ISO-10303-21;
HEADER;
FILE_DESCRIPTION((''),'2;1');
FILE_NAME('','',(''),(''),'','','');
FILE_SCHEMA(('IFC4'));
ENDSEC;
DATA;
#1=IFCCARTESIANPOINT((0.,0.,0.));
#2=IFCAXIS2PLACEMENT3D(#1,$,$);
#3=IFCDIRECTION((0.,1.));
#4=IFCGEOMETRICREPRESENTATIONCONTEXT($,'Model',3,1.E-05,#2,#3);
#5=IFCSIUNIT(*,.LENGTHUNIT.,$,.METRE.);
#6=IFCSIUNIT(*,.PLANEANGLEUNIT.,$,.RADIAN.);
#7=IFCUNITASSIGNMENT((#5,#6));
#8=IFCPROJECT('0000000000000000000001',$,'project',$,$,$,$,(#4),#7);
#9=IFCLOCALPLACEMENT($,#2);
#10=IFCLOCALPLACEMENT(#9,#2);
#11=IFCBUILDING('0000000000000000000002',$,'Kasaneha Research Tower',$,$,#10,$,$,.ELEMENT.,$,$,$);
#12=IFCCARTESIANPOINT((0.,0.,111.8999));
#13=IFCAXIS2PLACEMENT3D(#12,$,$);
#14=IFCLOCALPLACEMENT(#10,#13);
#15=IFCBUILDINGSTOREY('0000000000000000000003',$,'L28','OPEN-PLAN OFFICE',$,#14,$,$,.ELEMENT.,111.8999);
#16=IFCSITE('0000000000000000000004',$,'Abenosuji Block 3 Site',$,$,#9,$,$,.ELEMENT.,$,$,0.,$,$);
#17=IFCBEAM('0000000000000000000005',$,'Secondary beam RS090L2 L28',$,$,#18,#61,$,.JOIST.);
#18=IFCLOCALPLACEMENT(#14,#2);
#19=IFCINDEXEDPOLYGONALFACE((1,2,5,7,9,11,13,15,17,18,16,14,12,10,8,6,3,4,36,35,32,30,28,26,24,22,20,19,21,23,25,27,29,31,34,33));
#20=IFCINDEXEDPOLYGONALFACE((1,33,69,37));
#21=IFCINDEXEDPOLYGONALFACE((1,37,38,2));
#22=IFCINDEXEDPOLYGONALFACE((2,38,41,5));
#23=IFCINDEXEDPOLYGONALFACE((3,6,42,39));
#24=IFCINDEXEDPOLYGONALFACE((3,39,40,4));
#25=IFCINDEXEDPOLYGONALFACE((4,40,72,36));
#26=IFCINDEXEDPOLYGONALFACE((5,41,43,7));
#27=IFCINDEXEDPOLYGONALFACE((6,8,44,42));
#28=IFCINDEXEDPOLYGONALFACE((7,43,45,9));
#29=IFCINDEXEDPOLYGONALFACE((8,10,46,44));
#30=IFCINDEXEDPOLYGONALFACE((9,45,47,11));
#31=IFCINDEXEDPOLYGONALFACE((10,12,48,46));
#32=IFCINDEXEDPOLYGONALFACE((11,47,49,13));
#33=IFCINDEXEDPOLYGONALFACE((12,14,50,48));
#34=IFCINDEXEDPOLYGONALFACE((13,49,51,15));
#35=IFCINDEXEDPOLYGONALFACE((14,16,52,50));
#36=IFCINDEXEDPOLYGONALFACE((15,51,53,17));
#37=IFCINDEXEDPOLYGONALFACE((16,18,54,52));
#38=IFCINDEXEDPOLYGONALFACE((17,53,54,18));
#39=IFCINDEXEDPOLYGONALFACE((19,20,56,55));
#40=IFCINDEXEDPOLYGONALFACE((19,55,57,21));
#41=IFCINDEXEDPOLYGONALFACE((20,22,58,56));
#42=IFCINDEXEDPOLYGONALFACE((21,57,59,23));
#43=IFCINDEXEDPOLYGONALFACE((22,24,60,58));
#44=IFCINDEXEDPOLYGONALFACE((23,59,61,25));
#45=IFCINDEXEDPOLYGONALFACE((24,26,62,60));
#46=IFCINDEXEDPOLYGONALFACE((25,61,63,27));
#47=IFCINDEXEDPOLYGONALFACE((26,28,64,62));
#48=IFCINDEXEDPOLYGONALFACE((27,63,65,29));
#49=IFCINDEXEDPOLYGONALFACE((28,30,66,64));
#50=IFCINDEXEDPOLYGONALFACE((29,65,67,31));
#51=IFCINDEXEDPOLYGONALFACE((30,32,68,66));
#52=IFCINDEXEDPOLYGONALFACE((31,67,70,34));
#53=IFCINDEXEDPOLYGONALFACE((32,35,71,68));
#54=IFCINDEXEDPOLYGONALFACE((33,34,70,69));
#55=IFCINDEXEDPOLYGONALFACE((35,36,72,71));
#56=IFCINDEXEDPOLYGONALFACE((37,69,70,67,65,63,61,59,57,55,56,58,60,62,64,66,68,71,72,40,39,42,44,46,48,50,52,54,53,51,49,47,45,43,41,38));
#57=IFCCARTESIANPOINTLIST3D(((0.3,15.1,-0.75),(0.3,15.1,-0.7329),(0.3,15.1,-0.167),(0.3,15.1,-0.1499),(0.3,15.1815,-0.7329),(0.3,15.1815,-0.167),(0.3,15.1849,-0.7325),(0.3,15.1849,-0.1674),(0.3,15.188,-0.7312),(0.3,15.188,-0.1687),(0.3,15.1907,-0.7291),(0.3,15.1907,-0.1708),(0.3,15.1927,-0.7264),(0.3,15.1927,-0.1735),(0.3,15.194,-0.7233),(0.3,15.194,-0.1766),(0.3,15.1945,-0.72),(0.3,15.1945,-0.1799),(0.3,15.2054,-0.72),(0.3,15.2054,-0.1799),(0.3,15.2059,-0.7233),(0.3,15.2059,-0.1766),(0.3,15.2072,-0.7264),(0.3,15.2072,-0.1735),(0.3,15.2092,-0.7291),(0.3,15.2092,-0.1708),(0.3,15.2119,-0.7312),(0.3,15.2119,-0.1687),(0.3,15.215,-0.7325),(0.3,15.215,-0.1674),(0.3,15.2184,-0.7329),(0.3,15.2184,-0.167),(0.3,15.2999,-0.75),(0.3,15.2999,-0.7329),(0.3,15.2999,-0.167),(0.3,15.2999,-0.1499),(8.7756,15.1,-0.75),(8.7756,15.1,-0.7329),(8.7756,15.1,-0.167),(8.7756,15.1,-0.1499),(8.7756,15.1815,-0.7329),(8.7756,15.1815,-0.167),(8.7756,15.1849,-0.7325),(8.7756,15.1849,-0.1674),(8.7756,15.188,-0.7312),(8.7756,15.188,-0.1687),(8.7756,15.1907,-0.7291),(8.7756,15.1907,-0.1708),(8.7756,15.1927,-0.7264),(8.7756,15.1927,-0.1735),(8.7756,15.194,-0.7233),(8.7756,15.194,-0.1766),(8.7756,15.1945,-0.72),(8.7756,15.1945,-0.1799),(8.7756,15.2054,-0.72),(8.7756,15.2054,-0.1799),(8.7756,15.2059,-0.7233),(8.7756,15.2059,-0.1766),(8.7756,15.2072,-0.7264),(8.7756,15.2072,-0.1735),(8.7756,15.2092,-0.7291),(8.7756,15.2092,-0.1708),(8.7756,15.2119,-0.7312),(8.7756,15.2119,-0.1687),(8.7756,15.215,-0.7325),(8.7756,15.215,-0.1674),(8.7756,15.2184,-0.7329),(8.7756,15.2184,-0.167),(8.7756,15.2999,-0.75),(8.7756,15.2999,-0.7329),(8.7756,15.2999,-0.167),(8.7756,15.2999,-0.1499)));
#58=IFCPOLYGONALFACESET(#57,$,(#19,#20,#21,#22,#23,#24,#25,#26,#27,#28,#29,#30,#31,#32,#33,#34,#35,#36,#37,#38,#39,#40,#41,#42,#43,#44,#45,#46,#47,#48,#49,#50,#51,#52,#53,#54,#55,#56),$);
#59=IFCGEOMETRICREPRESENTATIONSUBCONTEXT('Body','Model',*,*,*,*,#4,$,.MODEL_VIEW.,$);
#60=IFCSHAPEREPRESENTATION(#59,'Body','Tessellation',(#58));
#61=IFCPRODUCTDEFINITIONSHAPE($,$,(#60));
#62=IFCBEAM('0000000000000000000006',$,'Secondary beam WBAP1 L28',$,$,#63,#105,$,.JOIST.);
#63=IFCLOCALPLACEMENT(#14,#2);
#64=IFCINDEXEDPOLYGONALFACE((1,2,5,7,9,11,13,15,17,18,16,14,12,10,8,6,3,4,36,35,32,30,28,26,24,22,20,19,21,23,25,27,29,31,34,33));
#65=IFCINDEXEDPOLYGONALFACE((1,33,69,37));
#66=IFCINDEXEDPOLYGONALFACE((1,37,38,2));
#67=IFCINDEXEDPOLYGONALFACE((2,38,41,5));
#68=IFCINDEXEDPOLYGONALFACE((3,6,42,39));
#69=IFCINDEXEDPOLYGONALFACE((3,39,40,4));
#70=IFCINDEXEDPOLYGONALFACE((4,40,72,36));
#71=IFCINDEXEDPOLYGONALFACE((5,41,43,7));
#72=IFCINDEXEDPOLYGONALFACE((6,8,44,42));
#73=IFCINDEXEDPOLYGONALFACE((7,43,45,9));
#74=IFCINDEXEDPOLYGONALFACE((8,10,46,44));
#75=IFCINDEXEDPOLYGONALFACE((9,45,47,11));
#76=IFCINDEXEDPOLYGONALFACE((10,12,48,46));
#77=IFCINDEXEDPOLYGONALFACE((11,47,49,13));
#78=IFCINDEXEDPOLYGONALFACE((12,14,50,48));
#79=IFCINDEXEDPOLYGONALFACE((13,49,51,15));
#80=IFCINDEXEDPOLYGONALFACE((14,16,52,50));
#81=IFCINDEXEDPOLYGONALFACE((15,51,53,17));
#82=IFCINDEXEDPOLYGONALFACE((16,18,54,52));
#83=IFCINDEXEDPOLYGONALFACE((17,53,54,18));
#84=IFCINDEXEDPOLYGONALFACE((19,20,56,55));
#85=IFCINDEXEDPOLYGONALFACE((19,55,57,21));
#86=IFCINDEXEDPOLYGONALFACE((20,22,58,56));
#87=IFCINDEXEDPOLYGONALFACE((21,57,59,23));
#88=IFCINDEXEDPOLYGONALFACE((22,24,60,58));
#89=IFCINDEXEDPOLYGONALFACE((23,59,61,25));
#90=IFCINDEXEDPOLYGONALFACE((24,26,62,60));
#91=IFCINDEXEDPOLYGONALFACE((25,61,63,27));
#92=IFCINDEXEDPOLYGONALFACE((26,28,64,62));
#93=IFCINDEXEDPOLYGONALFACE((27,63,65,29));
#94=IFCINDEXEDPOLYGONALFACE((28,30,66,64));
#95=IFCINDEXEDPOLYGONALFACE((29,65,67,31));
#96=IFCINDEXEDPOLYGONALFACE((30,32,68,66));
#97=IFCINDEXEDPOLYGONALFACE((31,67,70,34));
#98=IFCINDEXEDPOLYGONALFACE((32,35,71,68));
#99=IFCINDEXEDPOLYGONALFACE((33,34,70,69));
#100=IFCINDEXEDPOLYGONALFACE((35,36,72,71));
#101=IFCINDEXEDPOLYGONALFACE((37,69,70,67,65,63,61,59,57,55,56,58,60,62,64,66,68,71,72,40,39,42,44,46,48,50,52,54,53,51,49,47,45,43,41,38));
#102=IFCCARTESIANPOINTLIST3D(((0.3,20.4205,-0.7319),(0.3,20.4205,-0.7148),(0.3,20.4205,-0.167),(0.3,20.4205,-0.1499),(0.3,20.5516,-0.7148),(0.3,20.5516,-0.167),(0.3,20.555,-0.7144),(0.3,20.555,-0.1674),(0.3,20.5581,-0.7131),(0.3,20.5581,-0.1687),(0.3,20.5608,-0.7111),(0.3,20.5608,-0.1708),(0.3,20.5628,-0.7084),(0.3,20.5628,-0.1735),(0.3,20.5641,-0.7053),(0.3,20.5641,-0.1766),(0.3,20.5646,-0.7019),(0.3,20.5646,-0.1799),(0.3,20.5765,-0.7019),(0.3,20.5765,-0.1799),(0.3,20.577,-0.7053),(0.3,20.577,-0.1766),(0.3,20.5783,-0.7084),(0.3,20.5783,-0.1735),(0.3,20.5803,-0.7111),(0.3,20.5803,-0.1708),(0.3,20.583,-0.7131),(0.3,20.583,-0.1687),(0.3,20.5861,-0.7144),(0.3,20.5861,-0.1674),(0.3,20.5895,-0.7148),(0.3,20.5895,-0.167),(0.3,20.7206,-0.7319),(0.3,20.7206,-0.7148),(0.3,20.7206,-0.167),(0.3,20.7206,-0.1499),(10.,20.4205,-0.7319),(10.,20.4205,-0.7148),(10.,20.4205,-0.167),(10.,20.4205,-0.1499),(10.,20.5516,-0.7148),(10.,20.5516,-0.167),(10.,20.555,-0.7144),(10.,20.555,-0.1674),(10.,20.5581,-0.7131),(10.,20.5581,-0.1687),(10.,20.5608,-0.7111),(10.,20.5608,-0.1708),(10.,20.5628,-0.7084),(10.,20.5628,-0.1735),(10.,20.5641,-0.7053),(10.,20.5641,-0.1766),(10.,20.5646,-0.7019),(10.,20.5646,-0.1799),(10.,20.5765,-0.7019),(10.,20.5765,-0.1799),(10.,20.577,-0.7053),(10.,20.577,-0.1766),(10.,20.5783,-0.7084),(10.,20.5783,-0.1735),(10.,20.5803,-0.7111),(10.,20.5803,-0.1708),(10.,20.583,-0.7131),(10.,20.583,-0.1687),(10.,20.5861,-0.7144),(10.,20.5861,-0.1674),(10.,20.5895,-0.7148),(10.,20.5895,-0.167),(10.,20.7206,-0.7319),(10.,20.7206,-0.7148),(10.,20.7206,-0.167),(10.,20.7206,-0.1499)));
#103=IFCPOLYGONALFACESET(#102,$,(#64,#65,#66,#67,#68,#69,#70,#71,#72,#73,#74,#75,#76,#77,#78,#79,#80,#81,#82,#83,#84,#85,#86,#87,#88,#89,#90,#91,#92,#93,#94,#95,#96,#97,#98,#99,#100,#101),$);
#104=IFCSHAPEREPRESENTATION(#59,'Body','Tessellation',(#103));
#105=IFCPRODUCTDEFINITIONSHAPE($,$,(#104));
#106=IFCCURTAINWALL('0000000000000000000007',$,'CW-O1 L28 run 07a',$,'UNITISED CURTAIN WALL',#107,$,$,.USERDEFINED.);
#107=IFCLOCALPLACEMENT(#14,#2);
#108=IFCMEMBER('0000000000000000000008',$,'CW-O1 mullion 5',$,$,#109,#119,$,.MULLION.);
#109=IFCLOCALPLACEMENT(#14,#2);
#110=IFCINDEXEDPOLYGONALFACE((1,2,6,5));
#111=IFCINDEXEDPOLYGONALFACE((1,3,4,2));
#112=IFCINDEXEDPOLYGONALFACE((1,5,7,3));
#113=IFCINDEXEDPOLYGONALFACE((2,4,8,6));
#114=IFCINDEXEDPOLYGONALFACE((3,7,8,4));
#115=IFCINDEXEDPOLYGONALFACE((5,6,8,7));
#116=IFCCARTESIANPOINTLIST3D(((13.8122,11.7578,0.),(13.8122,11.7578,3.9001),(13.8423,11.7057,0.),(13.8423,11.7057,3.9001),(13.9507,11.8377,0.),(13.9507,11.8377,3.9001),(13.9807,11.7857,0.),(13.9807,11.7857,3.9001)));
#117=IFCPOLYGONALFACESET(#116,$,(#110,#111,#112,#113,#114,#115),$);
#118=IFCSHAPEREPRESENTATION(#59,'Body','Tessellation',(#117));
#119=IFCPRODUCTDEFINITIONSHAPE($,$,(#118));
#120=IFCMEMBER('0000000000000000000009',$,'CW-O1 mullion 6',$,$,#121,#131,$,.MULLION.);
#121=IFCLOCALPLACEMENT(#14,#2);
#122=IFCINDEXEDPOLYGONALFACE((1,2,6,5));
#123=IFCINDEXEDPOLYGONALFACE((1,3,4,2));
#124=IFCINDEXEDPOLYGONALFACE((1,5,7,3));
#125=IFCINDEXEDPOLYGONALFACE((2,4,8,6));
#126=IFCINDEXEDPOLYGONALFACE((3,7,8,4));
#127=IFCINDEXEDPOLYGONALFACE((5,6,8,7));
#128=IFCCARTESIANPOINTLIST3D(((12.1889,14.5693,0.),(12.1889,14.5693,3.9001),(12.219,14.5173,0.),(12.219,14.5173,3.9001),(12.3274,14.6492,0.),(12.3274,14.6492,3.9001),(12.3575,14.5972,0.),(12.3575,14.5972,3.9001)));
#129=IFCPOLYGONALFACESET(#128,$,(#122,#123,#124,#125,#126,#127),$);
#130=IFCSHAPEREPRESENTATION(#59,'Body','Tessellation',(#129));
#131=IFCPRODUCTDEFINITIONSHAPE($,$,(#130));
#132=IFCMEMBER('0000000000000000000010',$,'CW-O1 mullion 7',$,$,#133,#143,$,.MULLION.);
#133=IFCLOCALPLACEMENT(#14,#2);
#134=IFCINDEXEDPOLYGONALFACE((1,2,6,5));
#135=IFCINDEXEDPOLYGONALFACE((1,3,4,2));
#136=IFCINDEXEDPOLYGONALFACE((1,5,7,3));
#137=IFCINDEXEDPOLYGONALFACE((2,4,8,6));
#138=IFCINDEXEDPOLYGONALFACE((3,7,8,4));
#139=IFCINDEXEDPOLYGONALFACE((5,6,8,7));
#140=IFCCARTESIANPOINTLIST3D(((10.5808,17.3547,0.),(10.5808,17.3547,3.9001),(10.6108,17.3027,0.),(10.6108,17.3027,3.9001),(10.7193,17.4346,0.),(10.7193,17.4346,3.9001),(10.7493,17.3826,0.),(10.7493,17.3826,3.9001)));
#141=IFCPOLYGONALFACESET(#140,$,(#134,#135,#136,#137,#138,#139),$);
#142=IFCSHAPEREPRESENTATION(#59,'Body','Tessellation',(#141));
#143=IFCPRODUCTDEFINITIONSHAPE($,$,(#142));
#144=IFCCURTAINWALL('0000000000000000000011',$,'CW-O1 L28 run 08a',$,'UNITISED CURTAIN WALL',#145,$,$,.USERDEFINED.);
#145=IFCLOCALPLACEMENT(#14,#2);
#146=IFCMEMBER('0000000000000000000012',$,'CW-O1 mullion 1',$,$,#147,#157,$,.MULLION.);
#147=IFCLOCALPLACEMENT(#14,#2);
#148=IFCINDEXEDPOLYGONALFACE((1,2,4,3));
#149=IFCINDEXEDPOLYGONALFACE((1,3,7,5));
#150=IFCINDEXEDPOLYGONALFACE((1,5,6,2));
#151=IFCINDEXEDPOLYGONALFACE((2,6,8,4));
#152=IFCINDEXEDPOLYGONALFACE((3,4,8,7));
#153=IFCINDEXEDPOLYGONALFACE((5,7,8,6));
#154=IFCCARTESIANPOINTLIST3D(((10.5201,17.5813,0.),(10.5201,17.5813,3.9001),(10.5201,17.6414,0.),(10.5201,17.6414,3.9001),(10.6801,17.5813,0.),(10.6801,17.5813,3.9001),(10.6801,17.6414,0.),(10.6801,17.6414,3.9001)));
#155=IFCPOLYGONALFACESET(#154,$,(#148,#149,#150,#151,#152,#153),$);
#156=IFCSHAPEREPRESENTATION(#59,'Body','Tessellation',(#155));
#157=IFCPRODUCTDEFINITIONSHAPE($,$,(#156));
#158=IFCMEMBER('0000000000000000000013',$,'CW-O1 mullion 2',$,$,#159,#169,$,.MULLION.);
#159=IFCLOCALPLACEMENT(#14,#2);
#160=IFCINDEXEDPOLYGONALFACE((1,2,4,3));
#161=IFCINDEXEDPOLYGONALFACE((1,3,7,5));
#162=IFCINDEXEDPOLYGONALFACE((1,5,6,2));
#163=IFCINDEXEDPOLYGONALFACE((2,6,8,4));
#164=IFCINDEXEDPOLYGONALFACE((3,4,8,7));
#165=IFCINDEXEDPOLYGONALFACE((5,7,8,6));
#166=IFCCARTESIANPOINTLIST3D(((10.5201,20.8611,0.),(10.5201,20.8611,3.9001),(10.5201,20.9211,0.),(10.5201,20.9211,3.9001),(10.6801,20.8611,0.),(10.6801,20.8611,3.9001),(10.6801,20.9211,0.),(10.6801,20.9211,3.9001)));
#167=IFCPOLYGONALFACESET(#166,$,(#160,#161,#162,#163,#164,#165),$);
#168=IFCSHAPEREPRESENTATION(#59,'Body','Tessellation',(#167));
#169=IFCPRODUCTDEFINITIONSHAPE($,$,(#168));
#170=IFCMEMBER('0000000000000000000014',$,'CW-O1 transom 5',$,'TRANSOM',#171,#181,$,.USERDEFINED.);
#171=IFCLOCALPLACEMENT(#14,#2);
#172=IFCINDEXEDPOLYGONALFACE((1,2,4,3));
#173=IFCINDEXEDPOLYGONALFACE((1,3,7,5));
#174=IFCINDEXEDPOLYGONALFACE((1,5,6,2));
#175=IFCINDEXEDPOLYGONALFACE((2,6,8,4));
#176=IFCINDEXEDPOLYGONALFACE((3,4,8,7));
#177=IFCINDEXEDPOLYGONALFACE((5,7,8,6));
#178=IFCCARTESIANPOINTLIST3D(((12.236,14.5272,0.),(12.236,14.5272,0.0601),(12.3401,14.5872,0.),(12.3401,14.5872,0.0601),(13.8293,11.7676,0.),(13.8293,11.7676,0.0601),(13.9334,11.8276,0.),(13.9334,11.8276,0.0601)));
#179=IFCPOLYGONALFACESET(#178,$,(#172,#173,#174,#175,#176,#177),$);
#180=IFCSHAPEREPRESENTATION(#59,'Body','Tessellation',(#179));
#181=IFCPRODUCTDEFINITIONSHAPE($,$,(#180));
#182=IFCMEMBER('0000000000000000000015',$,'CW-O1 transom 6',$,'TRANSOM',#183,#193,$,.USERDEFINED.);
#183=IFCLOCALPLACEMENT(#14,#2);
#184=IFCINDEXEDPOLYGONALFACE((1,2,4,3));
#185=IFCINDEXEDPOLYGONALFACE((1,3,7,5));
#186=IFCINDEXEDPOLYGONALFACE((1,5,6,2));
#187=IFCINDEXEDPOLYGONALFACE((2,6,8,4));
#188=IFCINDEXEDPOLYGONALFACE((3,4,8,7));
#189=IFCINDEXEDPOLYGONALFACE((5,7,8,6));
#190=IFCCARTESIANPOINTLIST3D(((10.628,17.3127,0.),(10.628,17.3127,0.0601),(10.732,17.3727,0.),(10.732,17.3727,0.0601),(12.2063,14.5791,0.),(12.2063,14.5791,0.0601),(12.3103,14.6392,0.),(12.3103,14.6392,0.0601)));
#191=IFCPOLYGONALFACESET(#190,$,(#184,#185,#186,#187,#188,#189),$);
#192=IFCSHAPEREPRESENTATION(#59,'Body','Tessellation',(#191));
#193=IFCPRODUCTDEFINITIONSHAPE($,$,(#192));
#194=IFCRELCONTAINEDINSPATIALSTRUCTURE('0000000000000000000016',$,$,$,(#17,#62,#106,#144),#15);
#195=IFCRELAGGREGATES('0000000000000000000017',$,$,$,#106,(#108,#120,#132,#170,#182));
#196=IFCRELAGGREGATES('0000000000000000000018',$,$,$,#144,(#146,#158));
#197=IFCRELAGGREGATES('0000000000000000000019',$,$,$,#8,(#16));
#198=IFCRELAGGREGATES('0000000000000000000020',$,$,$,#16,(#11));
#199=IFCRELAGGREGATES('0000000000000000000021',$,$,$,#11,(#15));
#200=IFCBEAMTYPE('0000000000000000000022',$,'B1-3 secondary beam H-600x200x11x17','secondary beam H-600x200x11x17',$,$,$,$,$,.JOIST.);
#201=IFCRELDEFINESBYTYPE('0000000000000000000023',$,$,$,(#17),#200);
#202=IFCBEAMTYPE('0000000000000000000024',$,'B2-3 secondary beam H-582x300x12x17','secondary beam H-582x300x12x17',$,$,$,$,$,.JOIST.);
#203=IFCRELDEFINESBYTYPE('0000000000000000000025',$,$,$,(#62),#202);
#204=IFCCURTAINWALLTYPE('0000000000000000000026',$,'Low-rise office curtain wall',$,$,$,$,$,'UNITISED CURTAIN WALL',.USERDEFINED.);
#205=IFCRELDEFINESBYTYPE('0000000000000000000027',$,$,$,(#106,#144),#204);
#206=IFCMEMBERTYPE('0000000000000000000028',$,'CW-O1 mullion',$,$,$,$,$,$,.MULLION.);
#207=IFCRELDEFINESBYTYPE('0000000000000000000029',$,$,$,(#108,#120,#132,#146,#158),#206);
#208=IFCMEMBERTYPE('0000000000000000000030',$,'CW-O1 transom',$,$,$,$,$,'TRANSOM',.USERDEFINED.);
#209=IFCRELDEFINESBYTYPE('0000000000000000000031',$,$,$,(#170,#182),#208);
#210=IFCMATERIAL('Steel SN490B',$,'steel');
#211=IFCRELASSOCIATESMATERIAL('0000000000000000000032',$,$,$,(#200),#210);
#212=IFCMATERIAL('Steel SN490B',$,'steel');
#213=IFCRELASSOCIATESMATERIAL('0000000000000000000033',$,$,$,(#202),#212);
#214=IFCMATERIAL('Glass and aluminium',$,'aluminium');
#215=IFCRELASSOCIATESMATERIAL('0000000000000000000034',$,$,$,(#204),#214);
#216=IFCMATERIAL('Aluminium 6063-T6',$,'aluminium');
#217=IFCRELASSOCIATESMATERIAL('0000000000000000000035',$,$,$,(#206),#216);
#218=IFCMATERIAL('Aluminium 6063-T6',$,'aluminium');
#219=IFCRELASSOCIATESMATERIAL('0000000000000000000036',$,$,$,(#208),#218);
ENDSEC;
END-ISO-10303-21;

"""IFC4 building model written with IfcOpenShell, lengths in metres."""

from ifc_helpers import new_model, si_unit, direction, frame, origin, origin_2d, place, context, subcontext, project, spatial, rectangle, i_section, extrude, material, material_profile, profile_set, type_object, element, aggregate, save


model = new_model("IFC4")

# Units and contexts
model_context = context("Model", 3, precision=1e-05, world=origin(), true_north=direction((0.0, 1.0)))
body_context = subcontext(model_context, "Body", "Model", "MODEL_VIEW")
ifc_project = project(units=[si_unit("LENGTHUNIT", "METRE"), si_unit("PLANEANGLEUNIT", "RADIAN")], contexts=[model_context])

# Site, building, storey
site_placement = place(None, origin())
site = spatial("IfcSite", under=ifc_project, at=site_placement, Name="Abenosuji Block 3 Site", CompositionType="ELEMENT", RefElevation=0.0)
building_placement = place(site_placement, origin())
building = spatial("IfcBuilding", under=site, at=building_placement, Name="Kasaneha Research Tower", CompositionType="ELEMENT")
storey_placement = place(building_placement, frame((0.0, 0.0, 111.8999)))
storey = spatial("IfcBuildingStorey", under=building, at=storey_placement, Name="L28", Description="OPEN-PLAN OFFICE", CompositionType="ELEMENT", Elevation=111.8999)

# Beams
ifc_material_1 = material(Name="Steel SN490B", Category="steel")
ifc_material_profile_1 = material_profile(ifc_material_1, i_section(OverallWidth=0.2, OverallDepth=0.6001, WebThickness=0.011, FlangeThickness=0.0171, FilletRadius=0.0129, at=origin_2d()), Name="H-600x200x11x17")
ifc_profile_set_1 = profile_set([ifc_material_profile_1], Name="Steel SN490B")
beam_type_1 = type_object("IfcBeamType", Name="B1-3 secondary beam H-600x200x11x17", Description="secondary beam H-600x200x11x17", PredefinedType="JOIST", material=ifc_profile_set_1)
beam_1_placement = place(storey_placement, frame((8.7756, 15.2, -0.45), z_axis=(-1.0, 0.0, 0.0), x_axis=(0.0, -1.0, 0.0)))
element("IfcBeam", 1, at=beam_1_placement, inside=storey, type_object=beam_type_1, Name="Secondary beam RS090L2 L28", PredefinedType="JOIST", context=body_context, shape_type="SweptSolid", body=[
    extrude(i_section(OverallWidth=0.2, OverallDepth=0.6001, WebThickness=0.011, FlangeThickness=0.0171, FilletRadius=0.0129, at=origin_2d()), origin(), (0.0, 0.0, 1.0), 8.4756),
])
ifc_material_2 = material(Name="Steel SN490B", Category="steel")
ifc_material_profile_2 = material_profile(ifc_material_2, i_section(OverallWidth=0.3, OverallDepth=0.582, WebThickness=0.012, FlangeThickness=0.0171, FilletRadius=0.0129, at=origin_2d()), Name="H-582x300x12x17")
ifc_profile_set_2 = profile_set([ifc_material_profile_2], Name="Steel SN490B")
beam_type_2 = type_object("IfcBeamType", Name="B2-3 secondary beam H-582x300x12x17", Description="secondary beam H-582x300x12x17", PredefinedType="JOIST", material=ifc_profile_set_2)
beam_2_placement = place(storey_placement, frame((10.0, 20.5706, -0.4409), z_axis=(-1.0, 0.0, 0.0), x_axis=(0.0, -1.0, 0.0)))
element("IfcBeam", 2, at=beam_2_placement, inside=storey, type_object=beam_type_2, Name="Secondary beam WBAP1 L28", PredefinedType="JOIST", context=body_context, shape_type="SweptSolid", body=[
    extrude(i_section(OverallWidth=0.3, OverallDepth=0.582, WebThickness=0.012, FlangeThickness=0.0171, FilletRadius=0.0129, at=origin_2d()), origin(), (0.0, 0.0, 1.0), 9.7),
])

# Curtain walls, members
ifc_material_3 = material(Name="Glass and aluminium", Category="aluminium")
curtain_wall_type = type_object("IfcCurtainWallType", Name="Low-rise office curtain wall", ElementType="UNITISED CURTAIN WALL", PredefinedType="USERDEFINED", material=ifc_material_3)
curtain_wall_1_placement = place(storey_placement, origin())
curtain_wall_1 = element("IfcCurtainWall", 3, at=curtain_wall_1_placement, inside=storey, type_object=curtain_wall_type, Name="CW-O1 L28 run 07a", ObjectType="UNITISED CURTAIN WALL", PredefinedType="USERDEFINED")
ifc_material_4 = material(Name="Aluminium 6063-T6", Category="aluminium")
ifc_material_profile_3 = material_profile(ifc_material_4, rectangle(XDim=0.0601, YDim=0.1599, at=origin_2d()), Name="CW-O1 mullion 60x160")
ifc_profile_set_3 = profile_set([ifc_material_profile_3], Name="Aluminium 6063-T6")
member_type_1 = type_object("IfcMemberType", Name="CW-O1 mullion", PredefinedType="MULLION", material=ifc_profile_set_3)
member_1_placement = place(storey_placement, frame((13.8965, 11.7717, 0.0), z_axis=(0.0, 0.0, 1.0), x_axis=(-0.5, 0.866025, 0.0)))
member_1 = element("IfcMember", 4, at=member_1_placement, type_object=member_type_1, Name="CW-O1 mullion 5", PredefinedType="MULLION", context=body_context, shape_type="SweptSolid", body=[
    extrude(rectangle(XDim=0.0601, YDim=0.1599, at=origin_2d()), origin(), (0.0, 0.0, 1.0), 3.9001),
])
member_2_placement = place(storey_placement, frame((12.2732, 14.5833, 0.0), z_axis=(0.0, 0.0, 1.0), x_axis=(-0.5, 0.866025, 0.0)))
member_2 = element("IfcMember", 5, at=member_2_placement, type_object=member_type_1, Name="CW-O1 mullion 6", PredefinedType="MULLION", context=body_context, shape_type="SweptSolid", body=[
    extrude(rectangle(XDim=0.0601, YDim=0.1599, at=origin_2d()), origin(), (0.0, 0.0, 1.0), 3.9001),
])
member_3_placement = place(storey_placement, frame((10.665, 17.3687, 0.0), z_axis=(0.0, 0.0, 1.0), x_axis=(-0.5, 0.866025, 0.0)))
member_3 = element("IfcMember", 6, at=member_3_placement, type_object=member_type_1, Name="CW-O1 mullion 7", PredefinedType="MULLION", context=body_context, shape_type="SweptSolid", body=[
    extrude(rectangle(XDim=0.0601, YDim=0.1599, at=origin_2d()), origin(), (0.0, 0.0, 1.0), 3.9001),
])
curtain_wall_2_placement = place(storey_placement, origin())
curtain_wall_2 = element("IfcCurtainWall", 7, at=curtain_wall_2_placement, inside=storey, type_object=curtain_wall_type, Name="CW-O1 L28 run 08a", ObjectType="UNITISED CURTAIN WALL", PredefinedType="USERDEFINED")
member_4_placement = place(storey_placement, frame((10.6001, 17.6113, 0.0), z_axis=(0.0, 0.0, 1.0), x_axis=(0.0, 1.0, 0.0)))
member_4 = element("IfcMember", 8, at=member_4_placement, type_object=member_type_1, Name="CW-O1 mullion 1", PredefinedType="MULLION", context=body_context, shape_type="SweptSolid", body=[
    extrude(rectangle(XDim=0.0601, YDim=0.1599, at=origin_2d()), origin(), (0.0, 0.0, 1.0), 3.9001),
])
member_5_placement = place(storey_placement, frame((10.6001, 20.8911, 0.0), z_axis=(0.0, 0.0, 1.0), x_axis=(0.0, 1.0, 0.0)))
member_5 = element("IfcMember", 9, at=member_5_placement, type_object=member_type_1, Name="CW-O1 mullion 2", PredefinedType="MULLION", context=body_context, shape_type="SweptSolid", body=[
    extrude(rectangle(XDim=0.0601, YDim=0.1599, at=origin_2d()), origin(), (0.0, 0.0, 1.0), 3.9001),
])

# Members
ifc_material_5 = material(Name="Aluminium 6063-T6", Category="aluminium")
ifc_material_profile_4 = material_profile(ifc_material_5, rectangle(XDim=0.1201, YDim=0.0601, at=origin_2d()), Name="CW-O1 transom 120x60")
ifc_profile_set_4 = profile_set([ifc_material_profile_4], Name="Aluminium 6063-T6")
member_type_2 = type_object("IfcMemberType", Name="CW-O1 transom", ElementType="TRANSOM", PredefinedType="USERDEFINED", material=ifc_profile_set_4)
member_6_placement = place(storey_placement, frame((13.8813, 11.7976, 0.03), z_axis=(-0.500012, 0.866018, 0.0), x_axis=(-0.866018, -0.500012, 0.0)))
member_6 = element("IfcMember", 10, at=member_6_placement, type_object=member_type_2, Name="CW-O1 transom 5", ObjectType="TRANSOM", PredefinedType="USERDEFINED", context=body_context, shape_type="SweptSolid", body=[
    extrude(rectangle(XDim=0.1201, YDim=0.0601, at=origin_2d()), origin(), (0.0, 0.0, 1.0), 3.1865),
])
member_7_placement = place(storey_placement, frame((12.2583, 14.6091, 0.03), z_axis=(-0.500024, 0.866012, 0.0), x_axis=(-0.866012, -0.500024, 0.0)))
member_7 = element("IfcMember", 11, at=member_7_placement, type_object=member_type_2, Name="CW-O1 transom 6", ObjectType="TRANSOM", PredefinedType="USERDEFINED", context=body_context, shape_type="SweptSolid", body=[
    extrude(rectangle(XDim=0.1201, YDim=0.0601, at=origin_2d()), origin(), (0.0, 0.0, 1.0), 3.1565),
])

aggregate(curtain_wall_1, [member_1, member_2, member_3, member_6, member_7])
aggregate(curtain_wall_2, [member_4, member_5])

save(model, "model.ifc")
